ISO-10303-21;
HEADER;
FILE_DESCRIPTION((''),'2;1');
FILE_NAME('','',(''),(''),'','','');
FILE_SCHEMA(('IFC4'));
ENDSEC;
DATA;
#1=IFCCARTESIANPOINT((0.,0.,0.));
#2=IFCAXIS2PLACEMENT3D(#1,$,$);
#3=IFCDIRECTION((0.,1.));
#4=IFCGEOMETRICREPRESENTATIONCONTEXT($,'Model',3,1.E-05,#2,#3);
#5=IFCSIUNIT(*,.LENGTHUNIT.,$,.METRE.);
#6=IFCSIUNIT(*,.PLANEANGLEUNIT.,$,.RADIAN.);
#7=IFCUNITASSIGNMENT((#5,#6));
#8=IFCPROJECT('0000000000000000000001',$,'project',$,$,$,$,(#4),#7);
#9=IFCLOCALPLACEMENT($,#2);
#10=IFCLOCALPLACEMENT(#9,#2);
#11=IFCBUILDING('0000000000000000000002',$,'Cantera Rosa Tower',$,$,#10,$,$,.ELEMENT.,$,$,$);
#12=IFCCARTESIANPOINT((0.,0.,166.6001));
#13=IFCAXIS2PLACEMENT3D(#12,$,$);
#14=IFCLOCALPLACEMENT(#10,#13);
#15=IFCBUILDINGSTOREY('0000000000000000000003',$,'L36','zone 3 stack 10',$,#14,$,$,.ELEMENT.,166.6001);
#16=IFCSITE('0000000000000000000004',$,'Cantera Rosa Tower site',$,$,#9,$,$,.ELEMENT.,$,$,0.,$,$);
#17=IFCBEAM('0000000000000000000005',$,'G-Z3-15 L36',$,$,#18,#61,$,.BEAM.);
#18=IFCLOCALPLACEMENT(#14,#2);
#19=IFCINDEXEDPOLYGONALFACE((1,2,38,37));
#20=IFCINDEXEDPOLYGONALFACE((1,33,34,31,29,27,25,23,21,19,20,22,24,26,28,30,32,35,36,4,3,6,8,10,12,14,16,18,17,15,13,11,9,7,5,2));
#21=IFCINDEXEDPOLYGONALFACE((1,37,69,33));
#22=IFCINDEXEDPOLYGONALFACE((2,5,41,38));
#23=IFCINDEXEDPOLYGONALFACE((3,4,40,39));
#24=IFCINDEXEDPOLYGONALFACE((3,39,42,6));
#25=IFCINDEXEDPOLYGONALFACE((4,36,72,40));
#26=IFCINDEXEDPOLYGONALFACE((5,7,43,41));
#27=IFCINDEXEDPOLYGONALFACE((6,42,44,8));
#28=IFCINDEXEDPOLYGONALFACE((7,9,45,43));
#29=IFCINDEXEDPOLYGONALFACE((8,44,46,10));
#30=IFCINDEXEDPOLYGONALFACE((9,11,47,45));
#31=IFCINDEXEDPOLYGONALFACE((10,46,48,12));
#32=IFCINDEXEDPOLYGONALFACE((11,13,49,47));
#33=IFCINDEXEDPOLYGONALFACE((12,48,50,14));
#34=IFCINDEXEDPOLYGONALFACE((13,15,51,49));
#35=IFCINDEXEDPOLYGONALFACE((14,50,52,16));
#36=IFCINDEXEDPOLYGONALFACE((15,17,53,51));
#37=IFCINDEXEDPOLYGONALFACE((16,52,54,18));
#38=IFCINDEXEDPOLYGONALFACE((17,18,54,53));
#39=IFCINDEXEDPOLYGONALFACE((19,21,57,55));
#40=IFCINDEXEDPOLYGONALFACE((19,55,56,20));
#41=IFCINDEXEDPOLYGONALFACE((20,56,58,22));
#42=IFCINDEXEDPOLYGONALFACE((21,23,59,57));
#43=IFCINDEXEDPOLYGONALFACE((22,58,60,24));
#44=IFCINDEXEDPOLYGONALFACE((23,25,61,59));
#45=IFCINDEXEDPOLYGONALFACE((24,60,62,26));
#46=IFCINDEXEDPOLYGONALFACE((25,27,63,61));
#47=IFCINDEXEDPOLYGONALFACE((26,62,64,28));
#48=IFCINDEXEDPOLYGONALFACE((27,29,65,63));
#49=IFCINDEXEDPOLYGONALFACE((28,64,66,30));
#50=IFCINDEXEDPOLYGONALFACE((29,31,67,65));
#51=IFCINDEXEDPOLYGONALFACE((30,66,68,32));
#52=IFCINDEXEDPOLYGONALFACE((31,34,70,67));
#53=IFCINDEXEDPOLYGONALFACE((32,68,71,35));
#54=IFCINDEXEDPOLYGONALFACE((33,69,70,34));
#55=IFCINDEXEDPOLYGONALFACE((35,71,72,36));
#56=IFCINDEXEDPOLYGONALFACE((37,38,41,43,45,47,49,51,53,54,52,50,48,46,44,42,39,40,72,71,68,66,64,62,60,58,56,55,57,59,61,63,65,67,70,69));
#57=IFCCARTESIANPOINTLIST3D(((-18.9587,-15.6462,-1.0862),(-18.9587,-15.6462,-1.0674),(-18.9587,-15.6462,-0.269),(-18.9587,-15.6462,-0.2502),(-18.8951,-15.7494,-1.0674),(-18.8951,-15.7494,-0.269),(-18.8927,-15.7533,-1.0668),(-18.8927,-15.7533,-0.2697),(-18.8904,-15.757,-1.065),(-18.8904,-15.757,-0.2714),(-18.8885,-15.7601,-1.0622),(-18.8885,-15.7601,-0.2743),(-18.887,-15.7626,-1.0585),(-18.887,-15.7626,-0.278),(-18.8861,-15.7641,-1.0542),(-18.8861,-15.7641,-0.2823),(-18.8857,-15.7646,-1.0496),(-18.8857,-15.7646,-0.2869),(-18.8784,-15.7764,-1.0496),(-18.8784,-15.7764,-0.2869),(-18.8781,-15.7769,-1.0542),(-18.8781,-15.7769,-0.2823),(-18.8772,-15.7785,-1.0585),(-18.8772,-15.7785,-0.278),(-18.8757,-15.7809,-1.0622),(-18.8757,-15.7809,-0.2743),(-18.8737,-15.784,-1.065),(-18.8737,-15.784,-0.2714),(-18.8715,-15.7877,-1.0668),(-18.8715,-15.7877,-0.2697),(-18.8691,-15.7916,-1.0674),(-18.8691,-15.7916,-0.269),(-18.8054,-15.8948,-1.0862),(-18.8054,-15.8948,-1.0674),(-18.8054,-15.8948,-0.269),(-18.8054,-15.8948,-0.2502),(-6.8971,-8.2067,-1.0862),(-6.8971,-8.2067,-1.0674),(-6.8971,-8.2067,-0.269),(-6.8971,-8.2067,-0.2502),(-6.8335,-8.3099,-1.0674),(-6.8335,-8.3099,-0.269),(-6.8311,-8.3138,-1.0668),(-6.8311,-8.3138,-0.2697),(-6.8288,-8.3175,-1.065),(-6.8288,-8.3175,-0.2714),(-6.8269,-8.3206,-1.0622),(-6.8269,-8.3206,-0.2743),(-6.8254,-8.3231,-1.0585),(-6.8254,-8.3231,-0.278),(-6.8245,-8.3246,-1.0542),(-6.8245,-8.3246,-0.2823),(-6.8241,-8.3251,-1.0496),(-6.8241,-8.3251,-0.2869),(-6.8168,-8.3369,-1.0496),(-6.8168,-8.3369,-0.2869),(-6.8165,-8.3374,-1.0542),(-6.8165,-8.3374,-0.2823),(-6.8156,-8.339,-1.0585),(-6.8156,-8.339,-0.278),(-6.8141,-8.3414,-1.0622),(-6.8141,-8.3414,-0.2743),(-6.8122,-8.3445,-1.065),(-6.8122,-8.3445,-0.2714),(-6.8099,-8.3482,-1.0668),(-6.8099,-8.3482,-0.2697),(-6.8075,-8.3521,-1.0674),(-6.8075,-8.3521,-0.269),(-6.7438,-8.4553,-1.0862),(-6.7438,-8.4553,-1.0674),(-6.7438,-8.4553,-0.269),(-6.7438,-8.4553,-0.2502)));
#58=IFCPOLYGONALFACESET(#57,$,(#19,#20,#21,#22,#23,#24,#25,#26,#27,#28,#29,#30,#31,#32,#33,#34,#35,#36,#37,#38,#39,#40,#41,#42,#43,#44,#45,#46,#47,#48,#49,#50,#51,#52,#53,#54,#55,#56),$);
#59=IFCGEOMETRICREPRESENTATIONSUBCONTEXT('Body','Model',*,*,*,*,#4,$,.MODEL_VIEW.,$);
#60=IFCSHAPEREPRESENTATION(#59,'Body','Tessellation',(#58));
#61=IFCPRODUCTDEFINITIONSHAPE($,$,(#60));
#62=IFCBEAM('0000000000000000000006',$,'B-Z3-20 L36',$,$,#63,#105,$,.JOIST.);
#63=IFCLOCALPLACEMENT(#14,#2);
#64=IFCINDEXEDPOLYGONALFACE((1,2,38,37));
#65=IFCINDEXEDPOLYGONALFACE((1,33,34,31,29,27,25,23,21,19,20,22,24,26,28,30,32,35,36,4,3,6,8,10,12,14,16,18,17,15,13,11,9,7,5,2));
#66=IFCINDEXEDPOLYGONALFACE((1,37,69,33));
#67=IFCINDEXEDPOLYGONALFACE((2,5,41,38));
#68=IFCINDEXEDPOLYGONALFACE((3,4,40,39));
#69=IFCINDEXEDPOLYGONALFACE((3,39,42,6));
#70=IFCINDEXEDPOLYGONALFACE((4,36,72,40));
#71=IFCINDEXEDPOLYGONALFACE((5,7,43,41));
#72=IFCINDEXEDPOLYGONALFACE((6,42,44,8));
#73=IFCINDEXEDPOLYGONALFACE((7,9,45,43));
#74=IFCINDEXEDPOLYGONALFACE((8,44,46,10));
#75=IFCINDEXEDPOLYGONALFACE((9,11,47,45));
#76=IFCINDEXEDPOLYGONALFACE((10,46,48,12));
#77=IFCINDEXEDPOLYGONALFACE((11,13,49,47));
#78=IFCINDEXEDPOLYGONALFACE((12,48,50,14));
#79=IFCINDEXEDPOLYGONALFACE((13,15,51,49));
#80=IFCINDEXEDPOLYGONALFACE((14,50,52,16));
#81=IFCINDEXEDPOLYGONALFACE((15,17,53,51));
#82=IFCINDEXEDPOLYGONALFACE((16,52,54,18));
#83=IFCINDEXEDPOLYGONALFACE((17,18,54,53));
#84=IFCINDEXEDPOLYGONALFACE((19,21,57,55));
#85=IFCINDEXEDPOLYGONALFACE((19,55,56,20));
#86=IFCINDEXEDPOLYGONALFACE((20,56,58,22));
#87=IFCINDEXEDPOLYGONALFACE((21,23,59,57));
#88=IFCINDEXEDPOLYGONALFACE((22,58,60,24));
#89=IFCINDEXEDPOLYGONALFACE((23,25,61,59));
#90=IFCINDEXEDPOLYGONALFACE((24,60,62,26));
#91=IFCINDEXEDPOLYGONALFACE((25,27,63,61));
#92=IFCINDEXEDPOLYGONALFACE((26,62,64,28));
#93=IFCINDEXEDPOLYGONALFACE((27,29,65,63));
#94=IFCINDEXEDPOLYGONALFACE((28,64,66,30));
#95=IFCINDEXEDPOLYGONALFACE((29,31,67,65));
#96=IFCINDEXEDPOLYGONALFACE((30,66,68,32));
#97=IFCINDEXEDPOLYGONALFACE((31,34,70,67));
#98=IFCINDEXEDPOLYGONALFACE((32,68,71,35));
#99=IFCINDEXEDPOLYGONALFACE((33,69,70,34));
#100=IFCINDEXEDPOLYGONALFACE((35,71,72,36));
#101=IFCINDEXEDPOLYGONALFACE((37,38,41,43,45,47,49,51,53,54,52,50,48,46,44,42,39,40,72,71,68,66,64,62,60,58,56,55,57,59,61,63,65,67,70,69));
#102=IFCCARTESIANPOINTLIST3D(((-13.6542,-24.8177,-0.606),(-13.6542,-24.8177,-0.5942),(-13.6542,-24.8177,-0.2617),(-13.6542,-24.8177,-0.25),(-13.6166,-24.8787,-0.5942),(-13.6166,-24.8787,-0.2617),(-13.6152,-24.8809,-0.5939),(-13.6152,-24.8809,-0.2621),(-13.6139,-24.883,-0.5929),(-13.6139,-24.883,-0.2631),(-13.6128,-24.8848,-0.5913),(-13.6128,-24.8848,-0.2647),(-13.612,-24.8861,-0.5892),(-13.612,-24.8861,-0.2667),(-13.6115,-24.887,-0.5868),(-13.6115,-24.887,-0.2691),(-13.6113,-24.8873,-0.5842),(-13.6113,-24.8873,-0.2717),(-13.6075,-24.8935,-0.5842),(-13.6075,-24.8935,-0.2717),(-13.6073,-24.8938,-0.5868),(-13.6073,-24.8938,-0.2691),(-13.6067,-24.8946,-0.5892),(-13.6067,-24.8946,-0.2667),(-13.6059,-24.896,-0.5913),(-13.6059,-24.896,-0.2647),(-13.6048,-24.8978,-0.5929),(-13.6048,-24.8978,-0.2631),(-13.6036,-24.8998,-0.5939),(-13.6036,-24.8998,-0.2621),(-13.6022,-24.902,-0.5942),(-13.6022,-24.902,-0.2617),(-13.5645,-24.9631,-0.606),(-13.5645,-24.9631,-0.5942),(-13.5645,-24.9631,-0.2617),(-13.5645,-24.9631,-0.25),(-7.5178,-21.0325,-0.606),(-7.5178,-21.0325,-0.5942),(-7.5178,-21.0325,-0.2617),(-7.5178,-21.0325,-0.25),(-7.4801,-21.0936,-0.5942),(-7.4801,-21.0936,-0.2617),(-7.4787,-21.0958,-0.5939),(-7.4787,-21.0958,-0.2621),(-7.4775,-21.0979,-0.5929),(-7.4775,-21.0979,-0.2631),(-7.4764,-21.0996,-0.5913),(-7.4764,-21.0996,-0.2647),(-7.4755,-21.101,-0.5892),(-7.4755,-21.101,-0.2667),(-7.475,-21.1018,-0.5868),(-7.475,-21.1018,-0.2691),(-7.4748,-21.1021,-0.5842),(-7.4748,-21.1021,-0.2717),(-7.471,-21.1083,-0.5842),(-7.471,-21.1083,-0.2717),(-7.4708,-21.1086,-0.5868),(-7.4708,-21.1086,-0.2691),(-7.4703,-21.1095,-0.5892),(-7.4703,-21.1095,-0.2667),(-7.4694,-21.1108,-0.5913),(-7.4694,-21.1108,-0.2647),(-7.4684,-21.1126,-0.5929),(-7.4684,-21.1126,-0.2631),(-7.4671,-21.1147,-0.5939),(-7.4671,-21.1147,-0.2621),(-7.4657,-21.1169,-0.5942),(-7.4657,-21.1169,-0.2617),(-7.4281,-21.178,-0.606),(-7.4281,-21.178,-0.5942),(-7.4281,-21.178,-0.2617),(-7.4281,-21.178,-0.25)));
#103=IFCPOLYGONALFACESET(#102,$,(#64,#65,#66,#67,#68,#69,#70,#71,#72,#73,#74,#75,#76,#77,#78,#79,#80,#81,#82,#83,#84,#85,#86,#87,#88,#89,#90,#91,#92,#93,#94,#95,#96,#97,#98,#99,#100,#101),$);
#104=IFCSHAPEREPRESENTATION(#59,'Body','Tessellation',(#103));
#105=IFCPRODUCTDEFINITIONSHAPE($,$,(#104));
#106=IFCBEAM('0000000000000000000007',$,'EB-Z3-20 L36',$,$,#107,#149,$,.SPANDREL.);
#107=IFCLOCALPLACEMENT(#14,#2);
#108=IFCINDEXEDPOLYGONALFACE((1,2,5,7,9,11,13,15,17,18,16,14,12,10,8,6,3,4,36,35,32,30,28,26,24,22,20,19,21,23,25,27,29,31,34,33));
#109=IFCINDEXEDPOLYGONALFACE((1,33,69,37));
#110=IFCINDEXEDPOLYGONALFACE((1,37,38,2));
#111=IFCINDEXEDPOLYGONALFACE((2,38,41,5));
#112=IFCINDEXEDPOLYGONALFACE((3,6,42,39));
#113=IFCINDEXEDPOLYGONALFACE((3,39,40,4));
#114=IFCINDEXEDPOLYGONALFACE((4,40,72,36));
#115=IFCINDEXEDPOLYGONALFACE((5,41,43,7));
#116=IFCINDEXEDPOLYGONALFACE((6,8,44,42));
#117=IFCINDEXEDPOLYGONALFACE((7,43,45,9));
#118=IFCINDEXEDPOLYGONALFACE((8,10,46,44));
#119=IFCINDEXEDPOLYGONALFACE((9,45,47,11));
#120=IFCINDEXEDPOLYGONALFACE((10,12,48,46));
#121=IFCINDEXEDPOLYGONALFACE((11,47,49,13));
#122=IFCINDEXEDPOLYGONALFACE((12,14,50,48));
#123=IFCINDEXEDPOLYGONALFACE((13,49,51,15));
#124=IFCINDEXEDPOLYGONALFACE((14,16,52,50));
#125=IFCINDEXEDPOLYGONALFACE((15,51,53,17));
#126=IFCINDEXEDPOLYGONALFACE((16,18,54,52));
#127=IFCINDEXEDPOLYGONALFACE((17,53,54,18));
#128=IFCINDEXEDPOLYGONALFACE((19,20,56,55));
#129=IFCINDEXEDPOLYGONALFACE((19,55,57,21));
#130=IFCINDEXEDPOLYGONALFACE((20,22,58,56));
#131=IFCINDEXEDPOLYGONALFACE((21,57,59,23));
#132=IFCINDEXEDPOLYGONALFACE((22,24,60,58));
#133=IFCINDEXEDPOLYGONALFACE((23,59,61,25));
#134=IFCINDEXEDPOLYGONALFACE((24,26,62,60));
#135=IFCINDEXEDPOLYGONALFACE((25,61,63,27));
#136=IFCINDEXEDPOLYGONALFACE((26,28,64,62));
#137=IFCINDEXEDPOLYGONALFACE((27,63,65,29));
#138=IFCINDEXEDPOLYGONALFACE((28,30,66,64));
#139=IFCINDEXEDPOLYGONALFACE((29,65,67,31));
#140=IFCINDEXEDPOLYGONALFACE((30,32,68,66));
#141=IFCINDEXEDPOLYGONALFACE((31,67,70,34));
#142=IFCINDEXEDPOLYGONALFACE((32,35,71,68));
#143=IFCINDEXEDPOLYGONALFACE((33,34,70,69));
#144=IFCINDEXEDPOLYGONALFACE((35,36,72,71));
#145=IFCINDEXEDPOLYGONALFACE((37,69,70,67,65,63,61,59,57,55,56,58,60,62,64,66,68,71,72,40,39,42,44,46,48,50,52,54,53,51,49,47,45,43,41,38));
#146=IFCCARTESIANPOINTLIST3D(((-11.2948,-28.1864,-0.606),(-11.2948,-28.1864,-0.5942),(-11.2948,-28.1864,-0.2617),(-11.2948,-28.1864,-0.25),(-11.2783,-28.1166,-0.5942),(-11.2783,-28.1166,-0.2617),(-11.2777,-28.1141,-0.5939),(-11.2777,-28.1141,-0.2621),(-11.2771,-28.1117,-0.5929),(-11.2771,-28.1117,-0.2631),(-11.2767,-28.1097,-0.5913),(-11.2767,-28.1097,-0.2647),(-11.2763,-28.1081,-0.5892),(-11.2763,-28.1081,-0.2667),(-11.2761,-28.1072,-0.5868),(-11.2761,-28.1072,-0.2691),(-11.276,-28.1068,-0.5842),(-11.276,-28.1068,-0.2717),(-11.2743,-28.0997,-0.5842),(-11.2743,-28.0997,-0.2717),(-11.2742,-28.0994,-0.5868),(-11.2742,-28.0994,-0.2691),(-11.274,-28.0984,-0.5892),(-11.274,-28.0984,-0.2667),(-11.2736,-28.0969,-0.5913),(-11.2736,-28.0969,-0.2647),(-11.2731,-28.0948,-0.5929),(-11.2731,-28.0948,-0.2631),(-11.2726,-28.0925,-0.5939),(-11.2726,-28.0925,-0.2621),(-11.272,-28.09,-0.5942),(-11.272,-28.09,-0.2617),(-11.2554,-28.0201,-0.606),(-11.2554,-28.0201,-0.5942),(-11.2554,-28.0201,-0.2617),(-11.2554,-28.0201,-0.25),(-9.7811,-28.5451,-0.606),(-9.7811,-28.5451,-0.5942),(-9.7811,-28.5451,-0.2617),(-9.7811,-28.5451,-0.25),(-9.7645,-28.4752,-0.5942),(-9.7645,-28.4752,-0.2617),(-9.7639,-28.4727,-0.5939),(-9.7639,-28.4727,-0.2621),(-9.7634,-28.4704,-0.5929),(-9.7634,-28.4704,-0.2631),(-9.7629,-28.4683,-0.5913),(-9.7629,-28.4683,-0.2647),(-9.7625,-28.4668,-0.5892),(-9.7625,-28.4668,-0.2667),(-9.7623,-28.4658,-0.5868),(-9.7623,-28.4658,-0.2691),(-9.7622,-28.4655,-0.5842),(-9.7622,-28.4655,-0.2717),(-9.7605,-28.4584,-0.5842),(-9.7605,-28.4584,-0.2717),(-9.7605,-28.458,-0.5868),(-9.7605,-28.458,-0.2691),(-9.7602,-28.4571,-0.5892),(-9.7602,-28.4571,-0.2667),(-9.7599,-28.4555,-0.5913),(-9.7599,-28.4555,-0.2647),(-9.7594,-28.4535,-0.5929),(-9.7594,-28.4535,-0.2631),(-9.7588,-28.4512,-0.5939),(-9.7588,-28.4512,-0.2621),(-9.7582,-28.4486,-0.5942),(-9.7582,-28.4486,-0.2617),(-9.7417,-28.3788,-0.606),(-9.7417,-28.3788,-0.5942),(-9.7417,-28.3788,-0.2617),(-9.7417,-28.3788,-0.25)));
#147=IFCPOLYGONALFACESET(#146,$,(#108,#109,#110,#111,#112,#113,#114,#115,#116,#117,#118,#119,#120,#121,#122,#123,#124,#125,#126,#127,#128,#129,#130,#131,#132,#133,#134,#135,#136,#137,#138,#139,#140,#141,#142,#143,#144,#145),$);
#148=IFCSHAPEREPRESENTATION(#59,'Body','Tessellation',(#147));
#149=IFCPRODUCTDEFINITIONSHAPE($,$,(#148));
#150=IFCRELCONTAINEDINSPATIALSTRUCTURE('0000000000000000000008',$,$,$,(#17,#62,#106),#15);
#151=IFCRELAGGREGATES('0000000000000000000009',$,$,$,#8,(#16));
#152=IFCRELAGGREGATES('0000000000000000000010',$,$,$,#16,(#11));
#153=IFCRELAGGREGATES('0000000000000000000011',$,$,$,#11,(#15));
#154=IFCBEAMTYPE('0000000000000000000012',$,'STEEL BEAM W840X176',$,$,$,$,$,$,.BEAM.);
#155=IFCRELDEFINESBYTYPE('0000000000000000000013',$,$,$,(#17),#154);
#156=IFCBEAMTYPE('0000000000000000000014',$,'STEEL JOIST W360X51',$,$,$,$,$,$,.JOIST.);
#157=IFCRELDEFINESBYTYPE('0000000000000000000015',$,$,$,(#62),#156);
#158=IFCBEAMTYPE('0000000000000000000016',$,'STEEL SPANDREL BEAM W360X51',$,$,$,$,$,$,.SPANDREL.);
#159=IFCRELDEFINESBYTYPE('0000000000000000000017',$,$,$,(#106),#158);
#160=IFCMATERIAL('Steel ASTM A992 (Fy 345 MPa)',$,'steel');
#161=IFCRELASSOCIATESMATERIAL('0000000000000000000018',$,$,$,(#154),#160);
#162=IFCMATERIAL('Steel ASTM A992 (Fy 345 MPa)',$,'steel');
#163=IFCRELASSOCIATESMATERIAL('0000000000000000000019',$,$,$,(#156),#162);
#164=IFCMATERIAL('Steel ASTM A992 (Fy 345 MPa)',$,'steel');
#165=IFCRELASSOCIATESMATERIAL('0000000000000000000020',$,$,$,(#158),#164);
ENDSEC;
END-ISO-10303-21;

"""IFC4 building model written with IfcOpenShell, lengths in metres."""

from ifc_helpers import new_model, si_unit, direction, frame, origin, origin_2d, place, context, subcontext, project, spatial, i_section, extrude, material, material_profile, profile_set, type_object, element, save


model = new_model("IFC4")

# Units and contexts
model_context = context("Model", 3, precision=1e-05, world=origin(), true_north=direction((0.0, 1.0)))
body_context = subcontext(model_context, "Body", "Model", "MODEL_VIEW")
ifc_project = project(units=[si_unit("LENGTHUNIT", "METRE"), si_unit("PLANEANGLEUNIT", "RADIAN")], contexts=[model_context])

# Site, building, storey
site_placement = place(None, origin())
site = spatial("IfcSite", under=ifc_project, at=site_placement, Name="Cantera Rosa Tower site", CompositionType="ELEMENT", RefElevation=0.0)
building_placement = place(site_placement, origin())
building = spatial("IfcBuilding", under=site, at=building_placement, Name="Cantera Rosa Tower", CompositionType="ELEMENT")
storey_placement = place(building_placement, frame((0.0, 0.0, 166.6001)))
storey = spatial("IfcBuildingStorey", under=building, at=storey_placement, Name="L36", Description="zone 3 stack 10", CompositionType="ELEMENT", Elevation=166.6001)

# Beams
ifc_material_1 = material(Name="Steel ASTM A992 (Fy 345 MPa)", Category="steel")
ifc_material_profile_1 = material_profile(ifc_material_1, i_section(OverallWidth=0.292, OverallDepth=0.8359, WebThickness=0.0139, FlangeThickness=0.0188, FilletRadius=0.0178, at=origin_2d()), Name="W840X176")
ifc_profile_set_1 = profile_set([ifc_material_profile_1], Name="Steel ASTM A992 (Fy 345 MPa)")
beam_type_1 = type_object("IfcBeamType", Name="STEEL BEAM W840X176", PredefinedType="BEAM", material=ifc_profile_set_1)
beam_1_placement = place(storey_placement, frame((-18.8821, -15.7705, -0.6682), z_axis=(0.851123, 0.524966, 0.0), x_axis=(-0.524966, 0.851123, 0.0)))
element("IfcBeam", 1, at=beam_1_placement, inside=storey, type_object=beam_type_1, Name="G-Z3-15 L36", PredefinedType="BEAM", context=body_context, shape_type="SweptSolid", body=[
    extrude(i_section(OverallWidth=0.292, OverallDepth=0.8359, WebThickness=0.0139, FlangeThickness=0.0188, FilletRadius=0.0178, at=origin_2d()), origin(), (0.0, 0.0, 1.0), 14.1714),
])
ifc_material_2 = material(Name="Steel ASTM A992 (Fy 345 MPa)", Category="steel")
ifc_material_profile_2 = material_profile(ifc_material_2, i_section(OverallWidth=0.1709, OverallDepth=0.356, WebThickness=0.0073, FlangeThickness=0.0117, FilletRadius=0.01, at=origin_2d()), Name="W360X51")
ifc_profile_set_2 = profile_set([ifc_material_profile_2], Name="Steel ASTM A992 (Fy 345 MPa)")
beam_type_2 = type_object("IfcBeamType", Name="STEEL JOIST W360X51", PredefinedType="JOIST", material=ifc_profile_set_2)
beam_2_placement = place(storey_placement, frame((-13.6094, -24.8904, -0.428), z_axis=(0.851109, 0.524989, 0.0), x_axis=(-0.524989, 0.851109, 0.0)))
element("IfcBeam", 2, at=beam_2_placement, inside=storey, type_object=beam_type_2, Name="B-Z3-20 L36", PredefinedType="JOIST", context=body_context, shape_type="SweptSolid", body=[
    extrude(i_section(OverallWidth=0.1709, OverallDepth=0.356, WebThickness=0.0073, FlangeThickness=0.0117, FilletRadius=0.01, at=origin_2d()), origin(), (0.0, 0.0, 1.0), 7.21),
])
ifc_material_3 = material(Name="Steel ASTM A992 (Fy 345 MPa)", Category="steel")
ifc_material_profile_3 = material_profile(ifc_material_3, i_section(OverallWidth=0.1709, OverallDepth=0.356, WebThickness=0.0073, FlangeThickness=0.0117, FilletRadius=0.01, at=origin_2d()), Name="W360X51")
ifc_profile_set_3 = profile_set([ifc_material_profile_3], Name="Steel ASTM A992 (Fy 345 MPa)")
beam_type_3 = type_object("IfcBeamType", Name="STEEL SPANDREL BEAM W360X51", PredefinedType="SPANDREL", material=ifc_profile_set_3)
beam_3_placement = place(storey_placement, frame((-11.2751, -28.1033, -0.428), z_axis=(0.97306, -0.230552, 0.0), x_axis=(0.230552, 0.97306, 0.0)))
element("IfcBeam", 3, at=beam_3_placement, inside=storey, type_object=beam_type_3, Name="EB-Z3-20 L36", PredefinedType="SPANDREL", context=body_context, shape_type="SweptSolid", body=[
    extrude(i_section(OverallWidth=0.1709, OverallDepth=0.356, WebThickness=0.0073, FlangeThickness=0.0117, FilletRadius=0.01, at=origin_2d()), origin(), (0.0, 0.0, 1.0), 1.5557),
])

save(model, "model.ifc")
